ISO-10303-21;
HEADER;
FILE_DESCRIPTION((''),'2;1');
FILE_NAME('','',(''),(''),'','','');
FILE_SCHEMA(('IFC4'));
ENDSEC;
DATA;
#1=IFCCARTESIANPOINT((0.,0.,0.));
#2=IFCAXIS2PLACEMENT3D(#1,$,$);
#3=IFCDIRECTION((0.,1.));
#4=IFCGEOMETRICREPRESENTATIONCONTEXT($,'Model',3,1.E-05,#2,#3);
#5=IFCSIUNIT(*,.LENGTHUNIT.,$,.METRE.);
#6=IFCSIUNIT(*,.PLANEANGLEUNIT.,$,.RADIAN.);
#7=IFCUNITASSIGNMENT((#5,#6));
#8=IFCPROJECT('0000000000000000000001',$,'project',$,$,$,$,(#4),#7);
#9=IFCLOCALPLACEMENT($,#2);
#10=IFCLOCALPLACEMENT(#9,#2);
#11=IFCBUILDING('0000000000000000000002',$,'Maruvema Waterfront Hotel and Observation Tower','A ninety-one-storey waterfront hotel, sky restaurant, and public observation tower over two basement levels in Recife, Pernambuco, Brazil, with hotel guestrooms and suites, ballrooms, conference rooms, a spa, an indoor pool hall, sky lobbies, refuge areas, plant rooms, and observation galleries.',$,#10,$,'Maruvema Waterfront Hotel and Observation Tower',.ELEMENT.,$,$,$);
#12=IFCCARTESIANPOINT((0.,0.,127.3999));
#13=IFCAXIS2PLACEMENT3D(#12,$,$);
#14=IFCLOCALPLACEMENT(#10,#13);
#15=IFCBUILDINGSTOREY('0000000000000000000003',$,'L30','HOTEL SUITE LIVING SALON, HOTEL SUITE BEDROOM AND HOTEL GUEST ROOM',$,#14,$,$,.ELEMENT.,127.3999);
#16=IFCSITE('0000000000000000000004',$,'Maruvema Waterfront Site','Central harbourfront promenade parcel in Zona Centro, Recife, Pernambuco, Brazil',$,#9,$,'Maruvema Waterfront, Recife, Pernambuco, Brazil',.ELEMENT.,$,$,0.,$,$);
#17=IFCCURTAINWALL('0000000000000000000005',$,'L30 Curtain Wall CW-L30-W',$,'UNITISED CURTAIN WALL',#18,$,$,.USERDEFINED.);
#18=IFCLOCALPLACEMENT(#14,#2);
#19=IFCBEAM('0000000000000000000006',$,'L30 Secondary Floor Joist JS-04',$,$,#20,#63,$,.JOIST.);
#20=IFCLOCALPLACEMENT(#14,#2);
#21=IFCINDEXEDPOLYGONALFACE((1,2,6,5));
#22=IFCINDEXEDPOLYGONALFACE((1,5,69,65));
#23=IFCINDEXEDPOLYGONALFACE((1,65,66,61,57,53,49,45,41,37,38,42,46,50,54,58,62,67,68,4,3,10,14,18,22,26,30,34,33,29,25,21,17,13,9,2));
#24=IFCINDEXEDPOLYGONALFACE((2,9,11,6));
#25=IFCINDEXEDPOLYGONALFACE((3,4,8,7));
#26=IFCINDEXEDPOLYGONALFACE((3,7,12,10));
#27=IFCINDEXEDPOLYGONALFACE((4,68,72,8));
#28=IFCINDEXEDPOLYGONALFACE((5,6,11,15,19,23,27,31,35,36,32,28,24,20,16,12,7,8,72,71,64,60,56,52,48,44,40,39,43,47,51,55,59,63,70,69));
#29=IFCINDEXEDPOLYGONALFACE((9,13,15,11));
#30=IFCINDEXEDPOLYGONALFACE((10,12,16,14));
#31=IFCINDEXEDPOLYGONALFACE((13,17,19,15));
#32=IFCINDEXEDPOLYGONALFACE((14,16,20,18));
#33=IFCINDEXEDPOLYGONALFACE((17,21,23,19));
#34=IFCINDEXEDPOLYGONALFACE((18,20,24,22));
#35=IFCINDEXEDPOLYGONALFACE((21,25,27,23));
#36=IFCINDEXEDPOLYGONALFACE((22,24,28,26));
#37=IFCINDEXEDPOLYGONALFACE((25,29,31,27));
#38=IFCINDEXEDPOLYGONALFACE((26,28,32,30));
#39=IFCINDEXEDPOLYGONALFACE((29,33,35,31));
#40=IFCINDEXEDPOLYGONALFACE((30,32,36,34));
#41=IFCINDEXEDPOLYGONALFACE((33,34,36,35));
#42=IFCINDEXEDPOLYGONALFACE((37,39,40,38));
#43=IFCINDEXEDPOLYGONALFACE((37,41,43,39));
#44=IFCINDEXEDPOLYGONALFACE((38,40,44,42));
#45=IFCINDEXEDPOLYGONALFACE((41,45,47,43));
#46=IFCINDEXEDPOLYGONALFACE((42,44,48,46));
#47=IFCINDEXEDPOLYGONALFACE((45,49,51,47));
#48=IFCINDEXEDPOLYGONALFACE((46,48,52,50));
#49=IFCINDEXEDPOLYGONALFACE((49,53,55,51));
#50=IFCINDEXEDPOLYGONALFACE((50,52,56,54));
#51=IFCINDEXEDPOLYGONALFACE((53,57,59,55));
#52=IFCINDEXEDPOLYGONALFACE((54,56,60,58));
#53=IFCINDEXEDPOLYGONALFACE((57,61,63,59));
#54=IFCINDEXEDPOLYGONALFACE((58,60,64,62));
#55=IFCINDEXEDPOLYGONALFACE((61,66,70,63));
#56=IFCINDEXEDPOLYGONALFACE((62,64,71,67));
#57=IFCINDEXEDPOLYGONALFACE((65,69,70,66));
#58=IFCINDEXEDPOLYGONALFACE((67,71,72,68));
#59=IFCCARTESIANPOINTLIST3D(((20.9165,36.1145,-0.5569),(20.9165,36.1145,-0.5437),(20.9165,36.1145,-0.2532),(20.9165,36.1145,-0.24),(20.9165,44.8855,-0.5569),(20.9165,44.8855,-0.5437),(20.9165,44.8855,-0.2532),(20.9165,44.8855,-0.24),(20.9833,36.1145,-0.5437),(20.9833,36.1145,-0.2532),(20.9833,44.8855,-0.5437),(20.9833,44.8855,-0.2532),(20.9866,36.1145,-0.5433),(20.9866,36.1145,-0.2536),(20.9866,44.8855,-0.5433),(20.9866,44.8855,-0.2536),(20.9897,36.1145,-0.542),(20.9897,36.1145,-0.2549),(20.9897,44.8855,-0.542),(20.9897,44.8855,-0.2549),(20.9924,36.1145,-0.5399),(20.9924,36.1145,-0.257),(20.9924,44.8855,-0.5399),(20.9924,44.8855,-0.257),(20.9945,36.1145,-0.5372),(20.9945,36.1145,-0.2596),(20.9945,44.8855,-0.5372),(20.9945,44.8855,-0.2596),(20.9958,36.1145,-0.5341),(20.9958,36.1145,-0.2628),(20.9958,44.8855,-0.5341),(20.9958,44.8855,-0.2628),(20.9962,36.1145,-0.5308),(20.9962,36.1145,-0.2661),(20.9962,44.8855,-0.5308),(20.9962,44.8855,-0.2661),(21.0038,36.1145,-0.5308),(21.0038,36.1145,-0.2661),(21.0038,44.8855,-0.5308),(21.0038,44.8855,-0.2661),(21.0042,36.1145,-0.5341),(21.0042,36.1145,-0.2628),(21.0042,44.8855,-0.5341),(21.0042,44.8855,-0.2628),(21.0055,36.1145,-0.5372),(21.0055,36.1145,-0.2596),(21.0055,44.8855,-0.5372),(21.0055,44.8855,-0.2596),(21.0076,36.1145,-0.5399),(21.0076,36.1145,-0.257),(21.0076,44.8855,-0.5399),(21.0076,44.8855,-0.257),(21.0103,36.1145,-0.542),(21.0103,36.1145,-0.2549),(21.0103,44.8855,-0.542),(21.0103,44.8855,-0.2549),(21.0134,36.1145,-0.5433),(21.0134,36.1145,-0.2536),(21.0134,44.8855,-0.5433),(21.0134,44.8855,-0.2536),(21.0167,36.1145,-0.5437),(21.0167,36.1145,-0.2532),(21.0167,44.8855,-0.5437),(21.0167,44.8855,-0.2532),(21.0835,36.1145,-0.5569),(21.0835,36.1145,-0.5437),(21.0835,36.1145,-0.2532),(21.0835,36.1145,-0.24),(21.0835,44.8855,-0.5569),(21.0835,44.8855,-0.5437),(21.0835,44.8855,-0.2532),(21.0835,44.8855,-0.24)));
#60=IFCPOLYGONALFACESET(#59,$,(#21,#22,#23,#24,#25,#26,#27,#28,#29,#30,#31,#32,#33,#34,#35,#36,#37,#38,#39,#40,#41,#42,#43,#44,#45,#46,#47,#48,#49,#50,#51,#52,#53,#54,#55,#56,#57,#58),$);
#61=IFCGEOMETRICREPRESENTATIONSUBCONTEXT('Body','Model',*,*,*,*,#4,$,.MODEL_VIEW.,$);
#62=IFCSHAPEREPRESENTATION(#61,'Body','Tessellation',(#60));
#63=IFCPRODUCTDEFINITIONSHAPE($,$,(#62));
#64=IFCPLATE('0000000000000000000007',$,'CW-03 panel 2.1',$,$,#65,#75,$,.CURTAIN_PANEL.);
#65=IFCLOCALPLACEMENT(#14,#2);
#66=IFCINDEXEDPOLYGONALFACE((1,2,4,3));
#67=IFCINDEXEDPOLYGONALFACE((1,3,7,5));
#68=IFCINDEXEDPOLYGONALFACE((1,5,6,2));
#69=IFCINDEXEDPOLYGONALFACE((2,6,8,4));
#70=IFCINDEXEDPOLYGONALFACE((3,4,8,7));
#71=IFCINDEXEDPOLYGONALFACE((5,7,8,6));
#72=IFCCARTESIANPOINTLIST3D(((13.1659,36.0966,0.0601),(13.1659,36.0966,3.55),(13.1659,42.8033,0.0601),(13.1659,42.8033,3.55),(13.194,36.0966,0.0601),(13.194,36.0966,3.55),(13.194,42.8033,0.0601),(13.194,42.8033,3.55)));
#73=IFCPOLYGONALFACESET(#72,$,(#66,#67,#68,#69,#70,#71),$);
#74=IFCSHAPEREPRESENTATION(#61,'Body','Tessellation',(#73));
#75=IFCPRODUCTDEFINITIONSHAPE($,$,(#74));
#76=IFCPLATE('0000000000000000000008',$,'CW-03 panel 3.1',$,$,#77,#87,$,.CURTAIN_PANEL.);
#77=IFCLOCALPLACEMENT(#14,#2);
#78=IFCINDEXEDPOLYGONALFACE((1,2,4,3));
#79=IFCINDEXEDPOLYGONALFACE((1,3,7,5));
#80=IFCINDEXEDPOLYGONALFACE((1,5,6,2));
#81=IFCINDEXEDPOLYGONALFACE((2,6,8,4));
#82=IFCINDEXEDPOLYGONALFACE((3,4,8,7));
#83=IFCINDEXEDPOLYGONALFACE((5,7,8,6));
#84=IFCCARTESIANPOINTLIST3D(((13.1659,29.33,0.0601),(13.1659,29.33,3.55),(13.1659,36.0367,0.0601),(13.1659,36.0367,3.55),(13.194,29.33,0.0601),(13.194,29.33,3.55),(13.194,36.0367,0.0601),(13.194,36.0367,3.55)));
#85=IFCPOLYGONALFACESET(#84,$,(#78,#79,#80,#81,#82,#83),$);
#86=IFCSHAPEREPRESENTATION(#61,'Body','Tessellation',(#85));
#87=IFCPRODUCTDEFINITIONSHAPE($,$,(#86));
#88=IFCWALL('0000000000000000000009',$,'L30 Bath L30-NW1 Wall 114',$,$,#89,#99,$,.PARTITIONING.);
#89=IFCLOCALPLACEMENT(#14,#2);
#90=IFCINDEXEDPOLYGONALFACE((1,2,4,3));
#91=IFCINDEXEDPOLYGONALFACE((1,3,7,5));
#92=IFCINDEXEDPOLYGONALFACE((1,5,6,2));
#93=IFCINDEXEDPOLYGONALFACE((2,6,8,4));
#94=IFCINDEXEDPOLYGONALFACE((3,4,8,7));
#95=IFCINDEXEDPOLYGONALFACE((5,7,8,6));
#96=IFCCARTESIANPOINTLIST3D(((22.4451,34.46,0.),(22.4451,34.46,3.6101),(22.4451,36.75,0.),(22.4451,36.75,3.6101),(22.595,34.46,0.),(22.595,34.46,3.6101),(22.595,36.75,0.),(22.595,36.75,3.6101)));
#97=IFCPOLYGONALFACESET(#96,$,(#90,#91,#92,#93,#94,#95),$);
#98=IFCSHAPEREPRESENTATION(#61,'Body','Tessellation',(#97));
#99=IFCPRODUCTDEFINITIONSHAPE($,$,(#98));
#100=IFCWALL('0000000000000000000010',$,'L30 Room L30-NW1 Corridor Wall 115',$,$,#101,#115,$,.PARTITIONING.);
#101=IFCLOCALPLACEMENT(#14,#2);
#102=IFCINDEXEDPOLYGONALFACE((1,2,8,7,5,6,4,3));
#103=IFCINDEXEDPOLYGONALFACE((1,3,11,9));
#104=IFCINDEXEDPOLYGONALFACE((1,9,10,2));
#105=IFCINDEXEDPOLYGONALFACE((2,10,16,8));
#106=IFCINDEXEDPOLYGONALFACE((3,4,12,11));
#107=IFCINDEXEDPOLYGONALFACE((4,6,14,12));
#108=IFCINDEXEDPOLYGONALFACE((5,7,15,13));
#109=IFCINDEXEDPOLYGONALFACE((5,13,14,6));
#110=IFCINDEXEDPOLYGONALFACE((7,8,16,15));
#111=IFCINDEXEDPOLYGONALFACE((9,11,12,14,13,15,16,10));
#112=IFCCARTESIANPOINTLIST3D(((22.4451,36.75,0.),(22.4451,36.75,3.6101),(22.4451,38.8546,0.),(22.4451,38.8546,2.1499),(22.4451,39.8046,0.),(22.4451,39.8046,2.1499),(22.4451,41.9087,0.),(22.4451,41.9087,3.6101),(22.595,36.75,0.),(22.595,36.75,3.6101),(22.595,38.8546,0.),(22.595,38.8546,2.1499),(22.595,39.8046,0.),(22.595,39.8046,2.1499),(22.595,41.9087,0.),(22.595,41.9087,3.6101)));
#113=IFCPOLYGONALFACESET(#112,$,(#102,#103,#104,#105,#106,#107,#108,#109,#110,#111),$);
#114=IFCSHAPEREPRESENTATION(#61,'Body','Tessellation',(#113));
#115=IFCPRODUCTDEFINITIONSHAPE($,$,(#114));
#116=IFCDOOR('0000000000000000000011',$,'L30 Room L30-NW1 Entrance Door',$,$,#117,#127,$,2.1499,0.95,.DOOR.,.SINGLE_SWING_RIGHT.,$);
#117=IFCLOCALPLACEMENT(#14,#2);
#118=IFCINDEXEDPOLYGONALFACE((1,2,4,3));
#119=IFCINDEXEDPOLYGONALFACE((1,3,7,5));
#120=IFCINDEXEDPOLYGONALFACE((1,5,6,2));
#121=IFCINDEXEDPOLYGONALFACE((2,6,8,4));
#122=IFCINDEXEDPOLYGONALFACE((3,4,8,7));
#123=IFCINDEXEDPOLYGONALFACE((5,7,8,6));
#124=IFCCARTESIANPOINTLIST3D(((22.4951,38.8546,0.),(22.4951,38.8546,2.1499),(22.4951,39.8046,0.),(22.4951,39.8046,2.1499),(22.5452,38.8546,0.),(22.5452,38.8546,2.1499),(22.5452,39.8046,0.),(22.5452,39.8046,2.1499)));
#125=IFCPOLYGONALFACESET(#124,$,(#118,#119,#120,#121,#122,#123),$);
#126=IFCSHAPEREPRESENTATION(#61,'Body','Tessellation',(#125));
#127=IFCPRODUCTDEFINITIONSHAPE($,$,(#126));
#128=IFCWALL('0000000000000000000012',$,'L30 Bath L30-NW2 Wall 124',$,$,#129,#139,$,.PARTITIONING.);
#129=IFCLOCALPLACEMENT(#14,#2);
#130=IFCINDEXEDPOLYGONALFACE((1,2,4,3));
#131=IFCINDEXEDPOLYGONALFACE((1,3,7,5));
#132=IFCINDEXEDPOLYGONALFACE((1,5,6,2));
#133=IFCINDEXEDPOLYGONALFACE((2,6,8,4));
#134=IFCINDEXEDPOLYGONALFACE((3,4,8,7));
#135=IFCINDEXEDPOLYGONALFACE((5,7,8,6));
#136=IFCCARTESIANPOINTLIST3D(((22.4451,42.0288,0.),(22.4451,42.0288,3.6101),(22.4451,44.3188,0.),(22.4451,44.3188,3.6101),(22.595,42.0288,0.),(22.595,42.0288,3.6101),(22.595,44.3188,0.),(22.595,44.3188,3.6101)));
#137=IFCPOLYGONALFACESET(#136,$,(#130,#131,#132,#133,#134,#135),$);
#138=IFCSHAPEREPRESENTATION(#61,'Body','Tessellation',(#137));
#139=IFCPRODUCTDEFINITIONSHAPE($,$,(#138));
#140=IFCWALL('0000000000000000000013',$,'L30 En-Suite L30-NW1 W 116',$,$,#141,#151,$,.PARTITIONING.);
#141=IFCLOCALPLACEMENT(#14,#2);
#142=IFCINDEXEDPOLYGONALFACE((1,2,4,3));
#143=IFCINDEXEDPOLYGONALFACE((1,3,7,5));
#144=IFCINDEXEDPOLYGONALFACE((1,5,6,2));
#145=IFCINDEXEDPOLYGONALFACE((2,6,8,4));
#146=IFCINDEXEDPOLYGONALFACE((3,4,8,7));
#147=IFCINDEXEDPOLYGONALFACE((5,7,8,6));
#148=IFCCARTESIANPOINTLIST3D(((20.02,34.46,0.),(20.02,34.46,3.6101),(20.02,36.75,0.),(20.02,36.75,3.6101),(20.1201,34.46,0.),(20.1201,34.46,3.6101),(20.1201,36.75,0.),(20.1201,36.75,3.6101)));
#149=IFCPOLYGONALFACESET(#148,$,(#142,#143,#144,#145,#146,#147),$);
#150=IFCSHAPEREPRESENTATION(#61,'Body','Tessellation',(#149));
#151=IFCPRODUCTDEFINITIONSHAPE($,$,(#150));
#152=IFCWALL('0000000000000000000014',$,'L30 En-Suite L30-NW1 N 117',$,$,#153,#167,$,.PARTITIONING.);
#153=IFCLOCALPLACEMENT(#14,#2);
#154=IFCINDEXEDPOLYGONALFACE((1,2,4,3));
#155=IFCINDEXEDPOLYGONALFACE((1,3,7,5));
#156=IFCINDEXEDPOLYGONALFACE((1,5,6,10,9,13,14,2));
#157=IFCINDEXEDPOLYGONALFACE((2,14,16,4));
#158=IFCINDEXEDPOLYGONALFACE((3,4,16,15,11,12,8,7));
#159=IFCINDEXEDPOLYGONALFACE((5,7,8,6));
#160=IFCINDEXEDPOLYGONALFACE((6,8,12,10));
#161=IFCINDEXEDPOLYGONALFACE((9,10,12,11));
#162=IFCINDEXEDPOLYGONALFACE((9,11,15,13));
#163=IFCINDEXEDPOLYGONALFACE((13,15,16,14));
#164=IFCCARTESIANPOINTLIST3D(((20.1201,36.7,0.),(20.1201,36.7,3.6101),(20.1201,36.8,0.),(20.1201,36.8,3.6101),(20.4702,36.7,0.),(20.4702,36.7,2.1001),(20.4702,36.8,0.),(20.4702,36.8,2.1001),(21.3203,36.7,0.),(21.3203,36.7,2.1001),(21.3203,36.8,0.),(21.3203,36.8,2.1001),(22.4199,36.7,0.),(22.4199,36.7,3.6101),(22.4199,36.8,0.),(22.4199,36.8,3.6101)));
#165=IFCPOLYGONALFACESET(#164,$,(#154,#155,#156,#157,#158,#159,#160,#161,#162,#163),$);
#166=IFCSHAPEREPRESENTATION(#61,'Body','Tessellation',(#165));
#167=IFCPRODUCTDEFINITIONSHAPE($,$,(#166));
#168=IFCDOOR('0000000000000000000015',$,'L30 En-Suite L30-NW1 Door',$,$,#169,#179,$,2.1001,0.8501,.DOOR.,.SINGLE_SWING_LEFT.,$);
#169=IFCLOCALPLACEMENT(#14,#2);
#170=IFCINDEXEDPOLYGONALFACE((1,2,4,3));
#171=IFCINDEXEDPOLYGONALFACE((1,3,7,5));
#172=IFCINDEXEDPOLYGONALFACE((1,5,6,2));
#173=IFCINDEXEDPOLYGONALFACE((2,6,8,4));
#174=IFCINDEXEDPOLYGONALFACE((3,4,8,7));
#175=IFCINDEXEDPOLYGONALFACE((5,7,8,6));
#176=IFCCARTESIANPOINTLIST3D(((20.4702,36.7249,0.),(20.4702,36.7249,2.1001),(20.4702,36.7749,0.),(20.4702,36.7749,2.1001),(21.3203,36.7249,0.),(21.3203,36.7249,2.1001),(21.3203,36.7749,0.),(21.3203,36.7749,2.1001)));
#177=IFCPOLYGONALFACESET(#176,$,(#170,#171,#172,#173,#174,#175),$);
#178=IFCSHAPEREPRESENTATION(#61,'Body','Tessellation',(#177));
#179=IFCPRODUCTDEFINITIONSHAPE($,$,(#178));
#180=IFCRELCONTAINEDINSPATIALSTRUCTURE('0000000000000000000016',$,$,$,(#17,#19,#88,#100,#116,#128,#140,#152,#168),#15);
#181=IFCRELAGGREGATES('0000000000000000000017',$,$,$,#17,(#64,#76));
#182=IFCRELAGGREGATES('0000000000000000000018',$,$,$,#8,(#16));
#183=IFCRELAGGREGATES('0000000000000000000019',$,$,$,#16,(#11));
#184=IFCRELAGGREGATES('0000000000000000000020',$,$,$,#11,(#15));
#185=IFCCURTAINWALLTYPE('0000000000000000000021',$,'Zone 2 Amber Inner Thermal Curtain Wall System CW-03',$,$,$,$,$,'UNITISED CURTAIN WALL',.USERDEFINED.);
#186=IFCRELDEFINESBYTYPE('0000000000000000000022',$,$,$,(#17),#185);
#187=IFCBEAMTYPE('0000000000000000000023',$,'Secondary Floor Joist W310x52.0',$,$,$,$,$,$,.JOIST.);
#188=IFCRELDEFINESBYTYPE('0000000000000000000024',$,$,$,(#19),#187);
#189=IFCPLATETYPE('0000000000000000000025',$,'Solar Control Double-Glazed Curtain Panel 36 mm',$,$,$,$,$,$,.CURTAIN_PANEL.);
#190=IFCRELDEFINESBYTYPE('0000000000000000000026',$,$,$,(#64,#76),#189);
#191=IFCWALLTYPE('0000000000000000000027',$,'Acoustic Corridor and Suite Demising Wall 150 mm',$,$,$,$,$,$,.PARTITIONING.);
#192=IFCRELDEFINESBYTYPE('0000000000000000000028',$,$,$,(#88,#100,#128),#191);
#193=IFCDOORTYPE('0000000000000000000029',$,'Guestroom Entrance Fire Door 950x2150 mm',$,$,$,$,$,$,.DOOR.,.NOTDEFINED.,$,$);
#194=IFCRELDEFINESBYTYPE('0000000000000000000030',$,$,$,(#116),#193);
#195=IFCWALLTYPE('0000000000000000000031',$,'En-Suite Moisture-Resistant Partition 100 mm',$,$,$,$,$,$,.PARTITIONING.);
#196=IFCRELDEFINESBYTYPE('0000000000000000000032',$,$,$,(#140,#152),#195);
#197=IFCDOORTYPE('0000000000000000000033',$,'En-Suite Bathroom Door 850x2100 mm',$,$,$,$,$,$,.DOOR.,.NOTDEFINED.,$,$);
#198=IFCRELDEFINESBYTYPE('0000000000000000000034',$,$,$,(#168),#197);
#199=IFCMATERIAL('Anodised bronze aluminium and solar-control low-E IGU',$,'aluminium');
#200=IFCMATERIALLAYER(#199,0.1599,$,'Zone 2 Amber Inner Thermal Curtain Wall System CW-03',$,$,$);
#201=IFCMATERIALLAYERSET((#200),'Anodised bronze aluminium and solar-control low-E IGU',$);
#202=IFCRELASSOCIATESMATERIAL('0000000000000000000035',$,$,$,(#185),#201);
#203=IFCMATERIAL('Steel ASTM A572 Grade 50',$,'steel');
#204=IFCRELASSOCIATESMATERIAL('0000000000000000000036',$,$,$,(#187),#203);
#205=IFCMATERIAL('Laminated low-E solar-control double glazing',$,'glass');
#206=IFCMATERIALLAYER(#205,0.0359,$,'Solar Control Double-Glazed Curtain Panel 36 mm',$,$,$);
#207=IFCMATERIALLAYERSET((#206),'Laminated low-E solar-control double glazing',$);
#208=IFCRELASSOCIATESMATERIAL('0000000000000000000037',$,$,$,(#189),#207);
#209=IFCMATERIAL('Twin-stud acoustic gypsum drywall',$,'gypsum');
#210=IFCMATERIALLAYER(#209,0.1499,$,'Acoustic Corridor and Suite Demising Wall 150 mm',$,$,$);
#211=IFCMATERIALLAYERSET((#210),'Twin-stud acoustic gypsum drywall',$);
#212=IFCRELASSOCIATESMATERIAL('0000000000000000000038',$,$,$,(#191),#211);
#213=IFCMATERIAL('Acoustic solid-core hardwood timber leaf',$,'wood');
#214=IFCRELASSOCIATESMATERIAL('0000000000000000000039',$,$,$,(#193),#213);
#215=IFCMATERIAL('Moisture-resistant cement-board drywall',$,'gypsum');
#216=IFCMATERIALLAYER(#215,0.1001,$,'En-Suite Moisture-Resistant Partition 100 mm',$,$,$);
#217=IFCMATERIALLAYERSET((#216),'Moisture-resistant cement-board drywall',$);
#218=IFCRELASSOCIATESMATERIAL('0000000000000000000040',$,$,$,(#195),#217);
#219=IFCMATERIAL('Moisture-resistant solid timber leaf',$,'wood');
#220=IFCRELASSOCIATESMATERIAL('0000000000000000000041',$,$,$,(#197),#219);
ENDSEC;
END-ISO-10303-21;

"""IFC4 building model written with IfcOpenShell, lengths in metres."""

from ifc_helpers import new_model, si_unit, direction, frame, frame_2d, origin, origin_2d, place, context, subcontext, project, spatial, rectangle, i_section, extrude, material, layer, layer_set, material_profile, profile_set, type_object, element, fill, aggregate, save


model = new_model("IFC4")

# Units and contexts
model_context = context("Model", 3, precision=1e-05, world=origin(), true_north=direction((0.0, 1.0)))
body_context = subcontext(model_context, "Body", "Model", "MODEL_VIEW")
ifc_project = project(units=[si_unit("LENGTHUNIT", "METRE"), si_unit("PLANEANGLEUNIT", "RADIAN")], contexts=[model_context])

# Site, building, storey
site_placement = place(None, origin())
site = spatial("IfcSite", under=ifc_project, at=site_placement, Name="Maruvema Waterfront Site", Description="Central harbourfront promenade parcel in Zona Centro, Recife, Pernambuco, Brazil", LongName="Maruvema Waterfront, Recife, Pernambuco, Brazil", CompositionType="ELEMENT", RefElevation=0.0)
building_placement = place(site_placement, origin())
building = spatial("IfcBuilding", under=site, at=building_placement, Name="Maruvema Waterfront Hotel and Observation Tower", Description="A ninety-one-storey waterfront hotel, sky restaurant, and public observation tower over two basement levels in Recife, Pernambuco, Brazil, with hotel guestrooms and suites, ballrooms, conference rooms, a spa, an indoor pool hall, sky lobbies, refuge areas, plant rooms, and observation galleries.", LongName="Maruvema Waterfront Hotel and Observation Tower", CompositionType="ELEMENT")
storey_placement = place(building_placement, frame((0.0, 0.0, 127.3999)))
storey = spatial("IfcBuildingStorey", under=building, at=storey_placement, Name="L30", Description="HOTEL SUITE LIVING SALON, HOTEL SUITE BEDROOM AND HOTEL GUEST ROOM", CompositionType="ELEMENT", Elevation=127.3999)

# Curtain wall
ifc_material_1 = material(Name="Anodised bronze aluminium and solar-control low-E IGU", Category="aluminium")
ifc_layer_1 = layer(ifc_material_1, 0.1599, Name="Zone 2 Amber Inner Thermal Curtain Wall System CW-03")
ifc_layer_set_1 = layer_set([ifc_layer_1], Name="Anodised bronze aluminium and solar-control low-E IGU")
curtain_wall_type = type_object("IfcCurtainWallType", Name="Zone 2 Amber Inner Thermal Curtain Wall System CW-03", ElementType="UNITISED CURTAIN WALL", PredefinedType="USERDEFINED", material=ifc_layer_set_1)
curtain_wall_placement = place(storey_placement, origin())
curtain_wall = element("IfcCurtainWall", 1, at=curtain_wall_placement, inside=storey, type_object=curtain_wall_type, Name="L30 Curtain Wall CW-L30-W", ObjectType="UNITISED CURTAIN WALL", PredefinedType="USERDEFINED")

# Beam
ifc_material_2 = material(Name="Steel ASTM A572 Grade 50", Category="steel")
ifc_material_profile_1 = material_profile(ifc_material_2, i_section(OverallWidth=0.167, OverallDepth=0.3169, WebThickness=0.0076, FlangeThickness=0.0132, FilletRadius=0.0129, at=origin_2d()), Name="W310x52.0")
ifc_profile_set_1 = profile_set([ifc_material_profile_1], Name="Steel ASTM A572 Grade 50")
beam_type_1 = type_object("IfcBeamType", Name="Secondary Floor Joist W310x52.0", PredefinedType="JOIST", material=ifc_profile_set_1)
beam_1_placement = place(storey_placement, frame((21.0, 36.1145, -0.3984), z_axis=(0.0, 1.0, 0.0), x_axis=(-1.0, 0.0, 0.0)))
element("IfcBeam", 2, at=beam_1_placement, inside=storey, type_object=beam_type_1, Name="L30 Secondary Floor Joist JS-04", PredefinedType="JOIST", context=body_context, shape_type="SweptSolid", body=[
    extrude(i_section(OverallWidth=0.167, OverallDepth=0.3169, WebThickness=0.0076, FlangeThickness=0.0132, FilletRadius=0.0129, at=origin_2d()), origin(), (0.0, 0.0, 1.0), 8.771),
])

# Plates
ifc_material_3 = material(Name="Laminated low-E solar-control double glazing", Category="glass")
ifc_layer_2 = layer(ifc_material_3, 0.0359, Name="Solar Control Double-Glazed Curtain Panel 36 mm")
ifc_layer_set_2 = layer_set([ifc_layer_2], Name="Laminated low-E solar-control double glazing")
plate_type = type_object("IfcPlateType", Name="Solar Control Double-Glazed Curtain Panel 36 mm", PredefinedType="CURTAIN_PANEL", material=ifc_layer_set_2)
plate_1_placement = place(storey_placement, frame((13.1799, 39.45, 0.0601), z_axis=(0.0, 0.0, 1.0), x_axis=(0.0, -1.0, 0.0)))
plate_1 = element("IfcPlate", 3, at=plate_1_placement, type_object=plate_type, Name="CW-03 panel 2.1", PredefinedType="CURTAIN_PANEL", context=body_context, shape_type="SweptSolid", body=[
    extrude(rectangle(XDim=6.7068, YDim=0.0281, at=origin_2d()), origin(), (0.0, 0.0, 1.0), 3.49),
])
plate_2_placement = place(storey_placement, frame((13.1799, 32.6833, 0.0601), z_axis=(0.0, 0.0, 1.0), x_axis=(0.0, -1.0, 0.0)))
plate_2 = element("IfcPlate", 4, at=plate_2_placement, type_object=plate_type, Name="CW-03 panel 3.1", PredefinedType="CURTAIN_PANEL", context=body_context, shape_type="SweptSolid", body=[
    extrude(rectangle(XDim=6.7068, YDim=0.0281, at=origin_2d()), origin(), (0.0, 0.0, 1.0), 3.49),
])
aggregate(curtain_wall, [plate_1, plate_2])

# Wall
ifc_material_4 = material(Name="Twin-stud acoustic gypsum drywall", Category="gypsum")
ifc_layer_3 = layer(ifc_material_4, 0.1499, Name="Acoustic Corridor and Suite Demising Wall 150 mm")
ifc_layer_set_3 = layer_set([ifc_layer_3], Name="Twin-stud acoustic gypsum drywall")
wall_type_1 = type_object("IfcWallType", Name="Acoustic Corridor and Suite Demising Wall 150 mm", PredefinedType="PARTITIONING", material=ifc_layer_set_3)
wall_1_placement = place(storey_placement, frame((22.52, 34.46, 0.0), z_axis=(0.0, 0.0, 1.0), x_axis=(0.0, 1.0, 0.0)))
element("IfcWall", 5, at=wall_1_placement, inside=storey, type_object=wall_type_1, Name="L30 Bath L30-NW1 Wall 114", PredefinedType="PARTITIONING", context=body_context, shape_type="SweptSolid", body=[
    extrude(rectangle(XDim=2.29, YDim=0.1499, at=frame_2d((1.145, 0.0))), origin(), (0.0, 0.0, 1.0), 3.6101),
])

# Wall, opening, door
wall_2_placement = place(storey_placement, frame((22.52, 36.75, 0.0), z_axis=(0.0, 0.0, 1.0), x_axis=(0.0, 1.0, 0.0)))
wall_2 = element("IfcWall", 6, at=wall_2_placement, inside=storey, type_object=wall_type_1, Name="L30 Room L30-NW1 Corridor Wall 115", PredefinedType="PARTITIONING", context=body_context, shape_type="SweptSolid", body=[
    extrude(rectangle(XDim=5.1587, YDim=0.1499, at=frame_2d((2.5793, 0.0))), origin(), (0.0, 0.0, 1.0), 3.6101),
])
opening_1_placement = place(wall_2_placement, frame((2.1045, 0.0, 0.0)))
opening_1 = element("IfcOpeningElement", 7, at=opening_1_placement, cuts=wall_2, PredefinedType="OPENING", context=body_context, shape_type="SweptSolid", body=[
    extrude(rectangle(XDim=0.95, YDim=2.1499, at=frame_2d((0.4751, 1.075))), frame((0.0, 0.085, 0.0), z_axis=(0.0, -1.0, 0.0), x_axis=(1.0, 0.0, 0.0)), (0.0, 0.0, 1.0), 0.1699),
])
ifc_material_5 = material(Name="Acoustic solid-core hardwood timber leaf", Category="wood")
door_type_1 = type_object("IfcDoorType", Name="Guestroom Entrance Fire Door 950x2150 mm", OperationType="NOTDEFINED", PredefinedType="DOOR", material=ifc_material_5)
door_1_placement = place(opening_1_placement, origin())
door_1 = element("IfcDoor", 8, at=door_1_placement, inside=storey, type_object=door_type_1, Name="L30 Room L30-NW1 Entrance Door", OperationType="SINGLE_SWING_RIGHT", OverallHeight=2.1499, OverallWidth=0.95, PredefinedType="DOOR", context=body_context, shape_type="SweptSolid", body=[
    extrude(rectangle(XDim=0.95, YDim=2.1499, at=frame_2d((0.4751, 1.075))), frame((0.0, 0.0249, 0.0), z_axis=(0.0, -1.0, 0.0), x_axis=(1.0, 0.0, 0.0)), (0.0, 0.0, 1.0), 0.05),
])
fill(opening_1, door_1)

# Walls
wall_3_placement = place(storey_placement, frame((22.52, 42.0288, 0.0), z_axis=(0.0, 0.0, 1.0), x_axis=(0.0, 1.0, 0.0)))
element("IfcWall", 9, at=wall_3_placement, inside=storey, type_object=wall_type_1, Name="L30 Bath L30-NW2 Wall 124", PredefinedType="PARTITIONING", context=body_context, shape_type="SweptSolid", body=[
    extrude(rectangle(XDim=2.29, YDim=0.1499, at=frame_2d((1.145, 0.0))), origin(), (0.0, 0.0, 1.0), 3.6101),
])
ifc_material_6 = material(Name="Moisture-resistant cement-board drywall", Category="gypsum")
ifc_layer_4 = layer(ifc_material_6, 0.1001, Name="En-Suite Moisture-Resistant Partition 100 mm")
ifc_layer_set_4 = layer_set([ifc_layer_4], Name="Moisture-resistant cement-board drywall")
wall_type_2 = type_object("IfcWallType", Name="En-Suite Moisture-Resistant Partition 100 mm", PredefinedType="PARTITIONING", material=ifc_layer_set_4)
wall_4_placement = place(storey_placement, frame((20.0701, 34.46, 0.0), z_axis=(0.0, 0.0, 1.0), x_axis=(0.0, 1.0, 0.0)))
element("IfcWall", 10, at=wall_4_placement, inside=storey, type_object=wall_type_2, Name="L30 En-Suite L30-NW1 W 116", PredefinedType="PARTITIONING", context=body_context, shape_type="SweptSolid", body=[
    extrude(rectangle(XDim=2.29, YDim=0.1001, at=frame_2d((1.145, 0.0))), origin(), (0.0, 0.0, 1.0), 3.6101),
])

# Wall, opening, door
wall_5_placement = place(storey_placement, frame((20.1201, 36.75, 0.0), z_axis=(0.0, 0.0, 1.0), x_axis=(1.0, 0.0, 0.0)))
wall_5 = element("IfcWall", 11, at=wall_5_placement, inside=storey, type_object=wall_type_2, Name="L30 En-Suite L30-NW1 N 117", PredefinedType="PARTITIONING", context=body_context, shape_type="SweptSolid", body=[
    extrude(rectangle(XDim=2.2998, YDim=0.1001, at=frame_2d((1.1499, 0.0))), origin(), (0.0, 0.0, 1.0), 3.6101),
])
opening_2_placement = place(wall_5_placement, frame((0.3501, 0.0, 0.0)))
opening_2 = element("IfcOpeningElement", 12, at=opening_2_placement, cuts=wall_5, PredefinedType="OPENING", context=body_context, shape_type="SweptSolid", body=[
    extrude(rectangle(XDim=0.8501, YDim=2.1001, at=frame_2d((0.425, 1.05))), frame((0.0, 0.0601, 0.0), z_axis=(0.0, -1.0, 0.0), x_axis=(1.0, 0.0, 0.0)), (0.0, 0.0, 1.0), 0.1201),
])
ifc_material_7 = material(Name="Moisture-resistant solid timber leaf", Category="wood")
door_type_2 = type_object("IfcDoorType", Name="En-Suite Bathroom Door 850x2100 mm", OperationType="NOTDEFINED", PredefinedType="DOOR", material=ifc_material_7)
door_2_placement = place(opening_2_placement, origin())
door_2 = element("IfcDoor", 13, at=door_2_placement, inside=storey, type_object=door_type_2, Name="L30 En-Suite L30-NW1 Door", OperationType="SINGLE_SWING_LEFT", OverallHeight=2.1001, OverallWidth=0.8501, PredefinedType="DOOR", context=body_context, shape_type="SweptSolid", body=[
    extrude(rectangle(XDim=0.8501, YDim=2.1001, at=frame_2d((0.425, 1.05))), frame((0.0, 0.0249, 0.0), z_axis=(0.0, -1.0, 0.0), x_axis=(1.0, 0.0, 0.0)), (0.0, 0.0, 1.0), 0.05),
])
fill(opening_2, door_2)

save(model, "model.ifc")
